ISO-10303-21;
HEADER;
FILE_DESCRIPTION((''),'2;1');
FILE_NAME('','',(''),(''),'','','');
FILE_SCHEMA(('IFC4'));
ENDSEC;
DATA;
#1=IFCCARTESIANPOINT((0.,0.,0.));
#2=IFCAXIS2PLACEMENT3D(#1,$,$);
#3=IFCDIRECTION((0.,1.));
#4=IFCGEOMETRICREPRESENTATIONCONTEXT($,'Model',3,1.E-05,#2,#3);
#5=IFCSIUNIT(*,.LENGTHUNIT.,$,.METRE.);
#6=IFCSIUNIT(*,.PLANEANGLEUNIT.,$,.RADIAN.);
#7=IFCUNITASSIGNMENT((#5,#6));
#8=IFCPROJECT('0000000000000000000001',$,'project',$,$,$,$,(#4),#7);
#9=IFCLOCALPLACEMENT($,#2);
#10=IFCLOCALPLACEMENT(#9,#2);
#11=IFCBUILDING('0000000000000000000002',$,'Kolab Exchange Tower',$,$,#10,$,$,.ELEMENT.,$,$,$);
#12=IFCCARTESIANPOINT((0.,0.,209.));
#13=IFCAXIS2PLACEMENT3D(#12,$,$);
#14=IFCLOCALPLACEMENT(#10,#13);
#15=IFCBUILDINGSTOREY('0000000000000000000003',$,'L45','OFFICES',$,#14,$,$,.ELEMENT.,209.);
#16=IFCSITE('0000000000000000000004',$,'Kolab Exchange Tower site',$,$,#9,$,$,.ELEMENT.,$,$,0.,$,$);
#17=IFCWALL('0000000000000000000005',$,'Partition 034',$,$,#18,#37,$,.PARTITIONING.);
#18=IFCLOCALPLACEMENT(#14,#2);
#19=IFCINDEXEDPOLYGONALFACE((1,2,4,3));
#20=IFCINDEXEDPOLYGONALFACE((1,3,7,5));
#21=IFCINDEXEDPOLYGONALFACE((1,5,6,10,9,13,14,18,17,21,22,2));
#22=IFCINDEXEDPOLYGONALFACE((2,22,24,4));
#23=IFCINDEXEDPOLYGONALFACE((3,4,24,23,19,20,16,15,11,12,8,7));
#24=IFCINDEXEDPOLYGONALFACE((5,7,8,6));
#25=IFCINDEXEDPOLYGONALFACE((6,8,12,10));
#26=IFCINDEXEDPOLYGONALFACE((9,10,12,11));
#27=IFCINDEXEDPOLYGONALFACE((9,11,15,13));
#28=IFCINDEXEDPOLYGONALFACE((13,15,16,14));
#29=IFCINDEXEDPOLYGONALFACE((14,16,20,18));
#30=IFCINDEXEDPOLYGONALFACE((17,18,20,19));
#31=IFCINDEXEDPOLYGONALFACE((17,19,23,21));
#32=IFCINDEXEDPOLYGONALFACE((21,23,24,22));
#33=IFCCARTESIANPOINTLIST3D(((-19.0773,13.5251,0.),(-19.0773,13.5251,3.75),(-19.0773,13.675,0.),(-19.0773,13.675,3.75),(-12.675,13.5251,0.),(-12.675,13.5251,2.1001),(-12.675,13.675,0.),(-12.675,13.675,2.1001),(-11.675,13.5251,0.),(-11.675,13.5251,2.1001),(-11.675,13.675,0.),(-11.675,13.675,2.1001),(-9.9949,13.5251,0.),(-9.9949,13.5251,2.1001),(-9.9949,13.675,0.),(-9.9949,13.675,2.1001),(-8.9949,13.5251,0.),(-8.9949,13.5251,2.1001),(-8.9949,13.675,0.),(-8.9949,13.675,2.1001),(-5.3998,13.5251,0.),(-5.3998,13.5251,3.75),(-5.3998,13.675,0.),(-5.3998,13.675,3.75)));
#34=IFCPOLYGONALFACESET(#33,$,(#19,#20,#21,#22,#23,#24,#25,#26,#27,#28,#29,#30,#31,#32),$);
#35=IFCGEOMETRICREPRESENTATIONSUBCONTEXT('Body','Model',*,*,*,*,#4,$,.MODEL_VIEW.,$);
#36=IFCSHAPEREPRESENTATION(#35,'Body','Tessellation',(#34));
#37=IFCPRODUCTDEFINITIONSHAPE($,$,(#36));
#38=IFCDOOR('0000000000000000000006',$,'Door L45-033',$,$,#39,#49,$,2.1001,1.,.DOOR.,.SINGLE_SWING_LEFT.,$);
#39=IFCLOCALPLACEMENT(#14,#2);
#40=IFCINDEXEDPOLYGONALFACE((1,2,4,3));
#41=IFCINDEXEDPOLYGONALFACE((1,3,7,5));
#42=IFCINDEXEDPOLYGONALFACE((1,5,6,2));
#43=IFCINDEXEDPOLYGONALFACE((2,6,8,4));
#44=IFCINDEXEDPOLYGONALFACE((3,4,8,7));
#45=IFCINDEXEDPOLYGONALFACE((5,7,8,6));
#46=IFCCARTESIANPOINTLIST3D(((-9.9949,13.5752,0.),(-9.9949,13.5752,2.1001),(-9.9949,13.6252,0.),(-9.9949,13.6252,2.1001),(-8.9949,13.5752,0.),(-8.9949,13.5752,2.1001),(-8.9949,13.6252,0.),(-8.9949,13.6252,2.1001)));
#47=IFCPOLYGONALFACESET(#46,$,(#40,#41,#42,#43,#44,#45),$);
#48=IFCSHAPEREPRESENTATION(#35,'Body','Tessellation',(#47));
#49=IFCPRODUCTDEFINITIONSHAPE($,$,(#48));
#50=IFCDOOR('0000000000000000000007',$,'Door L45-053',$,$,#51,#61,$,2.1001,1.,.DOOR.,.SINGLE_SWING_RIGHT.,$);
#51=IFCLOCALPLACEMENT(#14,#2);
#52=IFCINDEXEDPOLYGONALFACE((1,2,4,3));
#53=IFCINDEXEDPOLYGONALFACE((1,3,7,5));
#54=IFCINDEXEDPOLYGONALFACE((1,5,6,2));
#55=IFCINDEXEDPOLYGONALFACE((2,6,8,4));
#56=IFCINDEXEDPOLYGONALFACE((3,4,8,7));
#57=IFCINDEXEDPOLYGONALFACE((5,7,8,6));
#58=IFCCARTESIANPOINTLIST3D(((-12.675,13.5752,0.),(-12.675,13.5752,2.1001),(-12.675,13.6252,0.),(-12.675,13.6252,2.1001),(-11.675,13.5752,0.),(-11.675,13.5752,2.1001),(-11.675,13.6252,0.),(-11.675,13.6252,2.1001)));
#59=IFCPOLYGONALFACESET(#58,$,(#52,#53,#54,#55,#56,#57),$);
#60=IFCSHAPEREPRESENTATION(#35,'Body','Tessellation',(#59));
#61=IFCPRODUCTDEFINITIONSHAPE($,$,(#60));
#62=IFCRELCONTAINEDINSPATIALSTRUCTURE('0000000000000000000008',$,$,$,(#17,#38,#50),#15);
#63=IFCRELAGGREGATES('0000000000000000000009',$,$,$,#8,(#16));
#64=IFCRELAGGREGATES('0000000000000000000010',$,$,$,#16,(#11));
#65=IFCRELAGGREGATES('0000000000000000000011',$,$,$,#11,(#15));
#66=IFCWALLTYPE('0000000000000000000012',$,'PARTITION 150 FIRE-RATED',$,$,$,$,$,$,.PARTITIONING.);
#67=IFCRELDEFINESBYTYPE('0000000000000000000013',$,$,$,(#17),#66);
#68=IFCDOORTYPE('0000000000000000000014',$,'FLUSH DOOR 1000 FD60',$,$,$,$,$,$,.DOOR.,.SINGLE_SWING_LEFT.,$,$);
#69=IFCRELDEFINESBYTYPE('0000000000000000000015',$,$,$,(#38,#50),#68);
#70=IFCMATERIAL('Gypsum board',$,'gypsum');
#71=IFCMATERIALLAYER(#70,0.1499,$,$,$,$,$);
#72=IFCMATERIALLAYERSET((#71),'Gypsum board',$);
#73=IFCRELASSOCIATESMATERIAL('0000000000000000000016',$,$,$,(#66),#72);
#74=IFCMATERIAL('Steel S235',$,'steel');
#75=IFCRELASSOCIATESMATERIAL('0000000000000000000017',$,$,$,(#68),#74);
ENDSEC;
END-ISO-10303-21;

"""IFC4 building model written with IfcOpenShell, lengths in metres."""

from ifc_helpers import new_model, si_unit, direction, frame, frame_2d, origin, place, context, subcontext, project, spatial, rectangle, extrude, material, layer, layer_set, type_object, element, fill, save


model = new_model("IFC4")

# Units and contexts
model_context = context("Model", 3, precision=1e-05, world=origin(), true_north=direction((0.0, 1.0)))
body_context = subcontext(model_context, "Body", "Model", "MODEL_VIEW")
ifc_project = project(units=[si_unit("LENGTHUNIT", "METRE"), si_unit("PLANEANGLEUNIT", "RADIAN")], contexts=[model_context])

# Site, building, storey
site_placement = place(None, origin())
site = spatial("IfcSite", under=ifc_project, at=site_placement, Name="Kolab Exchange Tower site", CompositionType="ELEMENT", RefElevation=0.0)
building_placement = place(site_placement, origin())
building = spatial("IfcBuilding", under=site, at=building_placement, Name="Kolab Exchange Tower", CompositionType="ELEMENT")
storey_placement = place(building_placement, frame((0.0, 0.0, 209.0)))
storey = spatial("IfcBuildingStorey", under=building, at=storey_placement, Name="L45", Description="OFFICES", CompositionType="ELEMENT", Elevation=209.0)

# Wall, openings, doors
ifc_material_1 = material(Name="Gypsum board", Category="gypsum")
ifc_layer_1 = layer(ifc_material_1, 0.1499)
ifc_layer_set_1 = layer_set([ifc_layer_1], Name="Gypsum board")
wall_type_1 = type_object("IfcWallType", Name="PARTITION 150 FIRE-RATED", PredefinedType="PARTITIONING", material=ifc_layer_set_1)
wall_1_placement = place(storey_placement, frame((-19.0774, 13.6001, 0.0), z_axis=(0.0, 0.0, 1.0), x_axis=(1.0, 0.0, 0.0)))
wall_1 = element("IfcWall", 1, at=wall_1_placement, inside=storey, type_object=wall_type_1, Name="Partition 034", PredefinedType="PARTITIONING", context=body_context, shape_type="SweptSolid", body=[
    extrude(rectangle(XDim=13.6775, YDim=0.1499, at=frame_2d((6.8389, 0.0))), origin(), (0.0, 0.0, 1.0), 3.75),
])
opening_1_placement = place(wall_1_placement, frame((9.0825, 0.0, 0.0)))
opening_1 = element("IfcOpeningElement", 2, at=opening_1_placement, cuts=wall_1, PredefinedType="OPENING", context=body_context, shape_type="SweptSolid", body=[
    extrude(rectangle(XDim=1.0, YDim=2.1001, at=frame_2d((0.5, 1.05))), frame((0.0, 0.085, 0.0), z_axis=(0.0, -1.0, 0.0), x_axis=(1.0, 0.0, 0.0)), (0.0, 0.0, 1.0), 0.1699),
])
opening_2_placement = place(wall_1_placement, frame((6.4023, 0.0, 0.0)))
opening_2 = element("IfcOpeningElement", 3, at=opening_2_placement, cuts=wall_1, PredefinedType="OPENING", context=body_context, shape_type="SweptSolid", body=[
    extrude(rectangle(XDim=1.0, YDim=2.1001, at=frame_2d((0.5, 1.05))), frame((0.0, 0.085, 0.0), z_axis=(0.0, -1.0, 0.0), x_axis=(1.0, 0.0, 0.0)), (0.0, 0.0, 1.0), 0.1699),
])
ifc_material_2 = material(Name="Steel S235", Category="steel")
door_type_1 = type_object("IfcDoorType", Name="FLUSH DOOR 1000 FD60", OperationType="SINGLE_SWING_LEFT", PredefinedType="DOOR", material=ifc_material_2)
door_1_placement = place(opening_1_placement, frame((1.0, 0.0, 0.0), z_axis=(0.0, 0.0, 1.0), x_axis=(-1.0, 0.0, 0.0)))
door_1 = element("IfcDoor", 4, at=door_1_placement, inside=storey, type_object=door_type_1, Name="Door L45-033", OperationType="SINGLE_SWING_LEFT", OverallHeight=2.1001, OverallWidth=1.0, PredefinedType="DOOR", context=body_context, shape_type="SweptSolid", body=[
    extrude(rectangle(XDim=1.0, YDim=2.1001, at=frame_2d((0.5, 1.05))), frame((0.0, 0.0249, 0.0), z_axis=(0.0, -1.0, 0.0), x_axis=(1.0, 0.0, 0.0)), (0.0, 0.0, 1.0), 0.05),
])
fill(opening_1, door_1)
door_2_placement = place(opening_2_placement, frame((1.0, 0.0, 0.0), z_axis=(0.0, 0.0, 1.0), x_axis=(-1.0, 0.0, 0.0)))
door_2 = element("IfcDoor", 5, at=door_2_placement, inside=storey, type_object=door_type_1, Name="Door L45-053", OperationType="SINGLE_SWING_RIGHT", OverallHeight=2.1001, OverallWidth=1.0, PredefinedType="DOOR", context=body_context, shape_type="SweptSolid", body=[
    extrude(rectangle(XDim=1.0, YDim=2.1001, at=frame_2d((0.5, 1.05))), frame((0.0, 0.0249, 0.0), z_axis=(0.0, -1.0, 0.0), x_axis=(1.0, 0.0, 0.0)), (0.0, 0.0, 1.0), 0.05),
])
fill(opening_2, door_2)

save(model, "model.ifc")
